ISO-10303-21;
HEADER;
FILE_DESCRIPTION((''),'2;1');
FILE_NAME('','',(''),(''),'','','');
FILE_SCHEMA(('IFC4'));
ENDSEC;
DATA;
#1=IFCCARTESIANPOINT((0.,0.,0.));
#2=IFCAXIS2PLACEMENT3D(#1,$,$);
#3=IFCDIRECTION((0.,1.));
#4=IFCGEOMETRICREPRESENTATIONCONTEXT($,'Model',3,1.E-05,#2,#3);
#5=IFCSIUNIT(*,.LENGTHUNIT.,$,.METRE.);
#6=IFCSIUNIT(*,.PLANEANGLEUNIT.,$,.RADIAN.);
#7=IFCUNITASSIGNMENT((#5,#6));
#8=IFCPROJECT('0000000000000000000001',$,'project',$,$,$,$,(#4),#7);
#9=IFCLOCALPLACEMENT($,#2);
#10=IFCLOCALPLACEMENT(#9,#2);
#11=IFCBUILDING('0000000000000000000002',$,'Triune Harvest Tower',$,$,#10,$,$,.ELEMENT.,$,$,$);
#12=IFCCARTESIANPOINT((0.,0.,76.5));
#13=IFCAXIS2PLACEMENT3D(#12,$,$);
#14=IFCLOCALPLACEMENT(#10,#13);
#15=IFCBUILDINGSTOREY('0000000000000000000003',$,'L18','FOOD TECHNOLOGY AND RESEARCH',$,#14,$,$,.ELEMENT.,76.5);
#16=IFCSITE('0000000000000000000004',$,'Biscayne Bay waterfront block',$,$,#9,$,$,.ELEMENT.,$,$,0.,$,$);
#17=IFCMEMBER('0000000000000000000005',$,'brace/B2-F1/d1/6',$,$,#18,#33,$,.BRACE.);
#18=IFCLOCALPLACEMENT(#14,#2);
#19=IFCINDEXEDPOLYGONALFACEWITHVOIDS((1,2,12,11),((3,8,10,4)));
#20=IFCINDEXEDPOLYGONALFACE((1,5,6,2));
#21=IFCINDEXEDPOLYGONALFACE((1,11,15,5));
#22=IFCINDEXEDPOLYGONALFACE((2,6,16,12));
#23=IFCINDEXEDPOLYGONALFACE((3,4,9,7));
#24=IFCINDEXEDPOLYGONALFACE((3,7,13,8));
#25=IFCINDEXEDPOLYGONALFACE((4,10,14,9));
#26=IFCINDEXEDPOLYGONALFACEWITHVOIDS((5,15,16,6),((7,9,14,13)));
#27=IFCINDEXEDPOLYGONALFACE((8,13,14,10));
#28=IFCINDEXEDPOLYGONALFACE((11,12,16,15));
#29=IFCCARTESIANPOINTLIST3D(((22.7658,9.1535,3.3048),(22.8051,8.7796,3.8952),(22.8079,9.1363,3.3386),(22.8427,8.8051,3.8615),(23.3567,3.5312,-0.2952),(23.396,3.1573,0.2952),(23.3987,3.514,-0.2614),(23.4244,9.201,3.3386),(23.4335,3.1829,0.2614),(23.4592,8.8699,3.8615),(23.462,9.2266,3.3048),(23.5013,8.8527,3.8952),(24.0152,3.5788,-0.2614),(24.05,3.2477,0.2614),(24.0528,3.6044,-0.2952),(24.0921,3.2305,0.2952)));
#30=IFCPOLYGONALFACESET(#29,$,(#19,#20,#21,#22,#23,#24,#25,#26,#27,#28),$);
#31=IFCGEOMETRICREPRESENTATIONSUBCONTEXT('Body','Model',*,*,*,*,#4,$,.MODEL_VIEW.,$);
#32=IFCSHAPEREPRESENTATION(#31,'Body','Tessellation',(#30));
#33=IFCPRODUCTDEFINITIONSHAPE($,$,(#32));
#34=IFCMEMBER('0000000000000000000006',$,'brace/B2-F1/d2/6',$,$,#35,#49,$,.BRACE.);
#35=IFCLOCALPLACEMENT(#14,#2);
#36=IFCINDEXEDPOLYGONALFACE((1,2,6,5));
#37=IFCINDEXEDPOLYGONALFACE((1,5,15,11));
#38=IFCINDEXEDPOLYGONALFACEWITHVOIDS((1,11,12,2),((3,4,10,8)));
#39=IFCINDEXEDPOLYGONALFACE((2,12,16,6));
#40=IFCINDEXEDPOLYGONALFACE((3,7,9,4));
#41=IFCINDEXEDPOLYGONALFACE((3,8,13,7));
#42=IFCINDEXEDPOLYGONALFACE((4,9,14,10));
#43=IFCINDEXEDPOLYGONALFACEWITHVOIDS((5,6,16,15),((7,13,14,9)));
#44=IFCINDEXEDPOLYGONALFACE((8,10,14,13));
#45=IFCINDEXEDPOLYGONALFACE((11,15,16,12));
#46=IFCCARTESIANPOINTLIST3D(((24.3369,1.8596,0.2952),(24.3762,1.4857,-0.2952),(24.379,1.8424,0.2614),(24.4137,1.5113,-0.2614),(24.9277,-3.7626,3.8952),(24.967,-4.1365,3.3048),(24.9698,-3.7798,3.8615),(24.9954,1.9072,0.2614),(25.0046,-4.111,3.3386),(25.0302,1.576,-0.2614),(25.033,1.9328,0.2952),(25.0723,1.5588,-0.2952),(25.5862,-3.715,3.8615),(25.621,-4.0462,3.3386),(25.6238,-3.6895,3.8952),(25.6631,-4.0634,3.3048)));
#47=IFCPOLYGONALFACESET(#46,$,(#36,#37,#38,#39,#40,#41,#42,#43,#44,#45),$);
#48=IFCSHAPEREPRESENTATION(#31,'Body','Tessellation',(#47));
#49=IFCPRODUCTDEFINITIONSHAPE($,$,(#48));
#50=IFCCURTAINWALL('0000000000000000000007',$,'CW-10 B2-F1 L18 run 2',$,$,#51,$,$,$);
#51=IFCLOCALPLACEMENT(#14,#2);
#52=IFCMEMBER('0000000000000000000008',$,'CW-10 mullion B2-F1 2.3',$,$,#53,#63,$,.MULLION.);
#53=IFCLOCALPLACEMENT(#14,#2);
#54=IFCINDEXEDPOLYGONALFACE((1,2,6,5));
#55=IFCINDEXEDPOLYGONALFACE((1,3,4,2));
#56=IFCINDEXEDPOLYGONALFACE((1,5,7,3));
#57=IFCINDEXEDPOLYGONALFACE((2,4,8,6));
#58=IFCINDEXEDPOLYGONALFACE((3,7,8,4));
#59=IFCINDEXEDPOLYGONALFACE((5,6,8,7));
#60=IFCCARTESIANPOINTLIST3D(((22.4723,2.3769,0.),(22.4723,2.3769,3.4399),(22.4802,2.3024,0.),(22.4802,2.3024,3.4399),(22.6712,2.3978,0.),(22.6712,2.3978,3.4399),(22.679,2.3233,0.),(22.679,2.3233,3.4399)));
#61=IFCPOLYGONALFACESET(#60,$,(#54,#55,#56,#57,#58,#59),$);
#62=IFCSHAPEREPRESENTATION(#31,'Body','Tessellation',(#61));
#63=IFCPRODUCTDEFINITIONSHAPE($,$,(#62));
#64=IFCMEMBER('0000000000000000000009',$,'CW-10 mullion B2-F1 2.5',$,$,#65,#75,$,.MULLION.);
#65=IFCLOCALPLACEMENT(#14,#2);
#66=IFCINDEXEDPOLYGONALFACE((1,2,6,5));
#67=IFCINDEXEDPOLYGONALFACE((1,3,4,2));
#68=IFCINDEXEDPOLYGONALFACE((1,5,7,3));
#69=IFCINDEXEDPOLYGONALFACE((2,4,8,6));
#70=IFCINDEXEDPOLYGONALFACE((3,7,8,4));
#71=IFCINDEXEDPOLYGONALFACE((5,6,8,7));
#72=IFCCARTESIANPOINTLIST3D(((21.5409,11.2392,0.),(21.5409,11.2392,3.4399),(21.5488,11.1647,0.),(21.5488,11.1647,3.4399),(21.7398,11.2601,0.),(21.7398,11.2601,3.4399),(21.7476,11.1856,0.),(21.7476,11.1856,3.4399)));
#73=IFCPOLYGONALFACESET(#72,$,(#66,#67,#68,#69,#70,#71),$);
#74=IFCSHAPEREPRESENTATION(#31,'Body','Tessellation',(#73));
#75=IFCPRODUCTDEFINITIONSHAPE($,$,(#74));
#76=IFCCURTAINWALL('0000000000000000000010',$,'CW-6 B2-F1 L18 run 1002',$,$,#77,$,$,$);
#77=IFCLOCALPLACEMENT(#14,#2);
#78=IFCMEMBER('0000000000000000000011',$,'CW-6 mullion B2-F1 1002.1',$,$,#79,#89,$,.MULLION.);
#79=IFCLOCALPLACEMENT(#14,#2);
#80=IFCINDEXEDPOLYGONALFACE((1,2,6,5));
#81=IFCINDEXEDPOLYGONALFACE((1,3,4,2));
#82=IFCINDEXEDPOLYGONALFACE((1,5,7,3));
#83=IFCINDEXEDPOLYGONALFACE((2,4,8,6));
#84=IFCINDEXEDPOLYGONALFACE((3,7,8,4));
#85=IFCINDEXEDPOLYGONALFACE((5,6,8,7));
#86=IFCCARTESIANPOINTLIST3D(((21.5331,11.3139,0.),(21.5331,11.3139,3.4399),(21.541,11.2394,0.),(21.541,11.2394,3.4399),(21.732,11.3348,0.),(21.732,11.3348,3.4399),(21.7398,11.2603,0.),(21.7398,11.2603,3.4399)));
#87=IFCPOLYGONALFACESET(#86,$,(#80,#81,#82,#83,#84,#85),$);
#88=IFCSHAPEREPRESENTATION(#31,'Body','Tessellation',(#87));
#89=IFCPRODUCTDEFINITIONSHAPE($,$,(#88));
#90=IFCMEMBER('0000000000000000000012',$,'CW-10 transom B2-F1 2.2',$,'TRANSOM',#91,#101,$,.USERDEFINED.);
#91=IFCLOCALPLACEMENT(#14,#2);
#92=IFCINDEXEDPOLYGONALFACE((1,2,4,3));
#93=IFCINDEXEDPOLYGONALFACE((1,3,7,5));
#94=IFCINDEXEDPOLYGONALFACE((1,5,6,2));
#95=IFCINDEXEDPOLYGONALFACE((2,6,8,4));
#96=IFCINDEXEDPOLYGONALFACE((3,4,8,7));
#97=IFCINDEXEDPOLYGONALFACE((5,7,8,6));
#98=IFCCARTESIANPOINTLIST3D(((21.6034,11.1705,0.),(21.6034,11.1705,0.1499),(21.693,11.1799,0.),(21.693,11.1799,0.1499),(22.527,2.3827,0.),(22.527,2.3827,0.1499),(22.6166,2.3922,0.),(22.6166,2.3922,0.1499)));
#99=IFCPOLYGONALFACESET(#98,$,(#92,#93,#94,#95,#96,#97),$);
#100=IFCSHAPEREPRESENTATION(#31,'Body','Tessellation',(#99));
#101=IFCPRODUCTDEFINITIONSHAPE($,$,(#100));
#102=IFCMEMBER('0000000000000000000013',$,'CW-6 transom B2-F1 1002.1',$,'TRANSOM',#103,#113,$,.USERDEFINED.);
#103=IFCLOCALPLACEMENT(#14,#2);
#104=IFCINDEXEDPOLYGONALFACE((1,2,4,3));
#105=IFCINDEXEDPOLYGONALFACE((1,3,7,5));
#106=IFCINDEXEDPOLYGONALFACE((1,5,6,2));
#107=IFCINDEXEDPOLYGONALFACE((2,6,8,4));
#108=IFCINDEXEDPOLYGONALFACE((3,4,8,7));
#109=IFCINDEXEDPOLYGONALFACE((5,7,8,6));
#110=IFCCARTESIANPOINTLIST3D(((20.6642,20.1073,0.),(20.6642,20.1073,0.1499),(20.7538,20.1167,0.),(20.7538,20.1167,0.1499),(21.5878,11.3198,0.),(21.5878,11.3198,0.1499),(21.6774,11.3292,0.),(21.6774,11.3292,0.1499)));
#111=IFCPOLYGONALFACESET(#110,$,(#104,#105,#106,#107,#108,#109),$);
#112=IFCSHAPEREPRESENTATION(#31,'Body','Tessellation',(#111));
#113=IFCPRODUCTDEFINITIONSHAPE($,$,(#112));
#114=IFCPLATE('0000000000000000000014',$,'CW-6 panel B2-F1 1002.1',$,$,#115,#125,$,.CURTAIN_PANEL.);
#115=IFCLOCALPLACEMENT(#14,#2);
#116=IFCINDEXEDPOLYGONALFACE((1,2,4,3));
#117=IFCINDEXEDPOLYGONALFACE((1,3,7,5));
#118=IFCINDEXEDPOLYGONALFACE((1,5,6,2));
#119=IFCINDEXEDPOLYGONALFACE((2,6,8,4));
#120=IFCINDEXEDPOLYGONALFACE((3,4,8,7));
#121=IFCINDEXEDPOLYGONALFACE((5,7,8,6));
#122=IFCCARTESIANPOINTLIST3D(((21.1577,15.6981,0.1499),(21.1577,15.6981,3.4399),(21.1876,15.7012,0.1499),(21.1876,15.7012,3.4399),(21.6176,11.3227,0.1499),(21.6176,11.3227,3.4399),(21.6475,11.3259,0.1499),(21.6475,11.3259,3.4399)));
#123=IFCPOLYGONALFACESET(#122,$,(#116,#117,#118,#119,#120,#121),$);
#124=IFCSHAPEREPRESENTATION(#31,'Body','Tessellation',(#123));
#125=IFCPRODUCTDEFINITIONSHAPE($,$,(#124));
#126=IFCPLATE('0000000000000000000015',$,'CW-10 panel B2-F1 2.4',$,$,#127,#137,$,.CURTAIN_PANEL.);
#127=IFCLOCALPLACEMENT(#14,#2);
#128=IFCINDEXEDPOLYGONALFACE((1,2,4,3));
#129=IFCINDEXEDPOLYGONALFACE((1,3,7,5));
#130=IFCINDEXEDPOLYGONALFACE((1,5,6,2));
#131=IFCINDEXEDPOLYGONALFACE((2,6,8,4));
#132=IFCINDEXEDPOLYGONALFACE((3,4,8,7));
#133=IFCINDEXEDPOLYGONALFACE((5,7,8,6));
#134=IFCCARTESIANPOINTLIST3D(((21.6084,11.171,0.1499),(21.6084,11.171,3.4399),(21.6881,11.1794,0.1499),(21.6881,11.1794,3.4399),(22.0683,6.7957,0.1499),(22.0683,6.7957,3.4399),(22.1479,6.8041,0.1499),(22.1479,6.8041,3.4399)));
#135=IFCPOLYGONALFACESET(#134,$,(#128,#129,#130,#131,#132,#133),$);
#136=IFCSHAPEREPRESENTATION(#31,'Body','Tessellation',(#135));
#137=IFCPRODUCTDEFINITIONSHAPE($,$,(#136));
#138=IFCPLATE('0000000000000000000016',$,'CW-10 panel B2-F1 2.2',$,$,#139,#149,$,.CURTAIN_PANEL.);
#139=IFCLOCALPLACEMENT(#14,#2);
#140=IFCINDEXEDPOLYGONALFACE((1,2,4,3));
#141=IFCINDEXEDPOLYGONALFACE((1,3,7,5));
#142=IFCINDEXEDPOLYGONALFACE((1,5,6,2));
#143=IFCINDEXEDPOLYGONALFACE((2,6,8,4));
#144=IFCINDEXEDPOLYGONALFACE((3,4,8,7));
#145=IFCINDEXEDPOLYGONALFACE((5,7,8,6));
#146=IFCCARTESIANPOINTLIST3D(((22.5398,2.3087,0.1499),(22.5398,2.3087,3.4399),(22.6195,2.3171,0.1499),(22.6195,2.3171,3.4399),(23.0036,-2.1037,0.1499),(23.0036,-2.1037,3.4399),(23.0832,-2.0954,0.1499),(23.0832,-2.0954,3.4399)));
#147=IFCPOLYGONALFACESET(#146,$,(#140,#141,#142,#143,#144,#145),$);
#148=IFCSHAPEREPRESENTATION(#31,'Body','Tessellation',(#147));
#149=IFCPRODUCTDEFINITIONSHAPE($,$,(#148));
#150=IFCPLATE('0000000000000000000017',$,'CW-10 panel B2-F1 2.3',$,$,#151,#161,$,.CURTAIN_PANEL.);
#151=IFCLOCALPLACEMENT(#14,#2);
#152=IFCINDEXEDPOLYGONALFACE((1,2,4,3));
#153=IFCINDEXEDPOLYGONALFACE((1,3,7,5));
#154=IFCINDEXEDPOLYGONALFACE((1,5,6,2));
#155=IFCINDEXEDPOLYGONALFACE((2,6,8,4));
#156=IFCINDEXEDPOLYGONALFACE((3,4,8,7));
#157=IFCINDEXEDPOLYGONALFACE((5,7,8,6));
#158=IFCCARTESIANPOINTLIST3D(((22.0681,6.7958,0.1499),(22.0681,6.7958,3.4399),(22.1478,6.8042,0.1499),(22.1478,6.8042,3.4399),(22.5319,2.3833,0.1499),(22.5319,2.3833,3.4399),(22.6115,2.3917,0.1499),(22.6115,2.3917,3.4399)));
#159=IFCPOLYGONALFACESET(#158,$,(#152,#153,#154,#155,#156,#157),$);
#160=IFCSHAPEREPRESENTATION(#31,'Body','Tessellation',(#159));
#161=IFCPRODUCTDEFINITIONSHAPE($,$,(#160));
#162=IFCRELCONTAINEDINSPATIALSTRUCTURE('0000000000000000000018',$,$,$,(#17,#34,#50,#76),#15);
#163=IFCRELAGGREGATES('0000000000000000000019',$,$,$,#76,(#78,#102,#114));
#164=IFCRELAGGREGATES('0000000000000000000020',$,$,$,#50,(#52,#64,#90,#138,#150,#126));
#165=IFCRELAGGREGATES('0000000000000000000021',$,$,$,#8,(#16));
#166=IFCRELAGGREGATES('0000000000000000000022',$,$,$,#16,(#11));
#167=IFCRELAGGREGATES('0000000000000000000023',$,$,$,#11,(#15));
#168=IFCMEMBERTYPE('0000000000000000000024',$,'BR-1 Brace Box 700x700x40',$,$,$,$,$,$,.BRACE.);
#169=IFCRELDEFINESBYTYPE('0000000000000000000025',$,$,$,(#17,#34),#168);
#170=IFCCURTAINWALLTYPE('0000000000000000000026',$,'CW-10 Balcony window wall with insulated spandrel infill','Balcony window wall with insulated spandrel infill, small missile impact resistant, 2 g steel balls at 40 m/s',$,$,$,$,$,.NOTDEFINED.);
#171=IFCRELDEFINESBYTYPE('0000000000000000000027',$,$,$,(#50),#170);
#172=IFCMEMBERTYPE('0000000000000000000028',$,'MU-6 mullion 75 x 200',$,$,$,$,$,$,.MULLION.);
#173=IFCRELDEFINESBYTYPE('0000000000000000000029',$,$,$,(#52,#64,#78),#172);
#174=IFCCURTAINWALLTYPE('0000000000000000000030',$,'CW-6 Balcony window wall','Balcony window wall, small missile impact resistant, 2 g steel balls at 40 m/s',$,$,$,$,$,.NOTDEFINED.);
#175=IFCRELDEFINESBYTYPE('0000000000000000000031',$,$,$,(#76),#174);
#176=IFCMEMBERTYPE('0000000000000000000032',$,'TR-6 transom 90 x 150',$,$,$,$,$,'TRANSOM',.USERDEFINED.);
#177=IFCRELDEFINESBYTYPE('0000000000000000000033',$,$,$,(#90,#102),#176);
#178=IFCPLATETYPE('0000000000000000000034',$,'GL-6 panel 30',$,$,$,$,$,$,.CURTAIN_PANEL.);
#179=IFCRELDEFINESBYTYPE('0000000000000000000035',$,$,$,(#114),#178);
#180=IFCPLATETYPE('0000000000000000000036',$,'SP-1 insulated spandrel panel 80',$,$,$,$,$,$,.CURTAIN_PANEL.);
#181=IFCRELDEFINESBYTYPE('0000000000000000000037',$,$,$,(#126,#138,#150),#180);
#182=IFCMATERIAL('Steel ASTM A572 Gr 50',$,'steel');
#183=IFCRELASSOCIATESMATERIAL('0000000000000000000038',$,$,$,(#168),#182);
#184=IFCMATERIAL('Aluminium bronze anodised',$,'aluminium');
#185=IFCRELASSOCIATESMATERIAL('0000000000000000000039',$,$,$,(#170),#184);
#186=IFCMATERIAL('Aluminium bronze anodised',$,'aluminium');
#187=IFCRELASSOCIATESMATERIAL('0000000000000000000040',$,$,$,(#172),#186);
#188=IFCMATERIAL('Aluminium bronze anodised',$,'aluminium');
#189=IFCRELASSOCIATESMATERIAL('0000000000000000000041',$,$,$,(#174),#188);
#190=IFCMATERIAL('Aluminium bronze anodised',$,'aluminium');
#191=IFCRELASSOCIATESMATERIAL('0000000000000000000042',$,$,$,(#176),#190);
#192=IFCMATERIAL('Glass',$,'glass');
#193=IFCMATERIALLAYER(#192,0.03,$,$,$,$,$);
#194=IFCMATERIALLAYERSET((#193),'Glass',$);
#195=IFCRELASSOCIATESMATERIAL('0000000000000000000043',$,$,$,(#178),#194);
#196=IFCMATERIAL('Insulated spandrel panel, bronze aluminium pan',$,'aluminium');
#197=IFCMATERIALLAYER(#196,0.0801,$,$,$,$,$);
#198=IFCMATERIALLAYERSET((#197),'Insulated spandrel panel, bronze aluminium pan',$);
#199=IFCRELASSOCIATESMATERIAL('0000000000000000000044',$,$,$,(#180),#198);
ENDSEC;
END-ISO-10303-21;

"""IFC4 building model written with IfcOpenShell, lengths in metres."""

from ifc_helpers import new_model, si_unit, direction, frame, origin, origin_2d, place, context, subcontext, project, spatial, rectangle, hollow_rectangle, extrude, source, transform, mapped, material, layer, layer_set, material_profile, profile_set, type_object, element, aggregate, save


model = new_model("IFC4")

# Units and contexts
model_context = context("Model", 3, precision=1e-05, world=origin(), true_north=direction((0.0, 1.0)))
body_context = subcontext(model_context, "Body", "Model", "MODEL_VIEW")
ifc_project = project(units=[si_unit("LENGTHUNIT", "METRE"), si_unit("PLANEANGLEUNIT", "RADIAN")], contexts=[model_context])

# Site, building, storey
site_placement = place(None, origin())
site = spatial("IfcSite", under=ifc_project, at=site_placement, Name="Biscayne Bay waterfront block", CompositionType="ELEMENT", RefElevation=0.0)
building_placement = place(site_placement, origin())
building = spatial("IfcBuilding", under=site, at=building_placement, Name="Triune Harvest Tower", CompositionType="ELEMENT")
storey_placement = place(building_placement, frame((0.0, 0.0, 76.5)))
storey = spatial("IfcBuildingStorey", under=building, at=storey_placement, Name="L18", Description="FOOD TECHNOLOGY AND RESEARCH", CompositionType="ELEMENT", Elevation=76.5)

# Members
ifc_material_1 = material(Name="Steel ASTM A572 Gr 50", Category="steel")
ifc_material_profile_1 = material_profile(ifc_material_1, hollow_rectangle(XDim=0.7, YDim=0.7, WallThickness=0.04, at=origin_2d()), Name="Box 700x700x40")
ifc_profile_set_1 = profile_set([ifc_material_profile_1], Name="Steel ASTM A572 Gr 50")
member_type_1 = type_object("IfcMemberType", Name="BR-1 Brace Box 700x700x40", PredefinedType="BRACE", material=ifc_profile_set_1)
shared_shape_1 = source(origin(), body_context, "Body", "SweptSolid", [
    extrude(hollow_rectangle(XDim=0.7, YDim=0.7, WallThickness=0.04, at=origin_2d()), origin(), (0.0, 0.0, 1.0), 6.7021),
])
for number, where, z_axis, x_axis, name in (
    (1, (23.7244, 3.3809, 0.0), (-0.088152, 0.838869, 0.537147), (-0.994524, -0.104509, 0.0), "brace/B2-F1/d1/6"),
    (2, (24.7046, 1.7092, 0.0), (0.088152, -0.838869, 0.537147), (0.994524, 0.104509, 0.0), "brace/B2-F1/d2/6"),
):
    element("IfcMember", number, at=place(storey_placement, frame(where, z_axis=z_axis, x_axis=x_axis)), inside=storey, type_object=member_type_1, Name=name, PredefinedType="BRACE", context=body_context, shape_type="MappedRepresentation", body=[
        mapped(shared_shape_1, transform((0.0, 0.0, 0.0), scale=1.0)),
    ])

# Curtain wall, members
ifc_material_2 = material(Name="Aluminium bronze anodised", Category="aluminium")
curtain_wall_type_1 = type_object("IfcCurtainWallType", Name="CW-10 Balcony window wall with insulated spandrel infill", Description="Balcony window wall with insulated spandrel infill, small missile impact resistant, 2 g steel balls at 40 m/s", PredefinedType="NOTDEFINED", material=ifc_material_2)
curtain_wall_1_placement = place(storey_placement, origin())
curtain_wall_1 = element("IfcCurtainWall", 3, at=curtain_wall_1_placement, inside=storey, type_object=curtain_wall_type_1, Name="CW-10 B2-F1 L18 run 2")
ifc_material_3 = material(Name="Aluminium bronze anodised", Category="aluminium")
ifc_material_profile_2 = material_profile(ifc_material_3, rectangle(XDim=0.2, YDim=0.075, at=origin_2d()), Name="MU-6 mullion 75 x 200")
ifc_profile_set_2 = profile_set([ifc_material_profile_2], Name="Aluminium bronze anodised")
member_type_2 = type_object("IfcMemberType", Name="MU-6 mullion 75 x 200", PredefinedType="MULLION", material=ifc_profile_set_2)
shared_shape_2 = source(origin(), body_context, "Body", "SweptSolid", [
    extrude(rectangle(XDim=0.2, YDim=0.075, at=origin_2d()), origin(), (0.0, 0.0, 1.0), 3.4399),
])
member_1_placement = place(storey_placement, frame((22.5757, 2.3501, 0.0), z_axis=(0.0, 0.0, 1.0), x_axis=(-0.994522, -0.104526, 0.0)))
member_1 = element("IfcMember", 4, at=member_1_placement, type_object=member_type_2, Name="CW-10 mullion B2-F1 2.3", PredefinedType="MULLION", context=body_context, shape_type="MappedRepresentation", body=[
    mapped(shared_shape_2, transform((0.0, 0.0, 0.0), scale=1.0)),
])
member_2_placement = place(storey_placement, frame((21.6443, 11.2124, 0.0), z_axis=(0.0, 0.0, 1.0), x_axis=(-0.994522, -0.104526, 0.0)))
member_2 = element("IfcMember", 5, at=member_2_placement, type_object=member_type_2, Name="CW-10 mullion B2-F1 2.5", PredefinedType="MULLION", context=body_context, shape_type="MappedRepresentation", body=[
    mapped(shared_shape_2, transform((0.0, 0.0, 0.0), scale=1.0)),
])

# Curtain wall, member
ifc_material_4 = material(Name="Aluminium bronze anodised", Category="aluminium")
curtain_wall_type_2 = type_object("IfcCurtainWallType", Name="CW-6 Balcony window wall", Description="Balcony window wall, small missile impact resistant, 2 g steel balls at 40 m/s", PredefinedType="NOTDEFINED", material=ifc_material_4)
curtain_wall_2_placement = place(storey_placement, origin())
curtain_wall_2 = element("IfcCurtainWall", 6, at=curtain_wall_2_placement, inside=storey, type_object=curtain_wall_type_2, Name="CW-6 B2-F1 L18 run 1002")
member_3_placement = place(storey_placement, frame((21.6365, 11.2871, 0.0), z_axis=(0.0, 0.0, 1.0), x_axis=(-0.994522, -0.104529, 0.0)))
member_3 = element("IfcMember", 7, at=member_3_placement, type_object=member_type_2, Name="CW-6 mullion B2-F1 1002.1", PredefinedType="MULLION", context=body_context, shape_type="MappedRepresentation", body=[
    mapped(shared_shape_2, transform((0.0, 0.0, 0.0), scale=1.0)),
])

# Members
ifc_material_5 = material(Name="Aluminium bronze anodised", Category="aluminium")
ifc_material_profile_3 = material_profile(ifc_material_5, rectangle(XDim=0.0901, YDim=0.1499, at=origin_2d()), Name="TR-6 transom 90 x 150")
ifc_profile_set_3 = profile_set([ifc_material_profile_3], Name="Aluminium bronze anodised")
member_type_3 = type_object("IfcMemberType", Name="TR-6 transom 90 x 150", ElementType="TRANSOM", PredefinedType="USERDEFINED", material=ifc_profile_set_3)
shared_shape_3 = source(origin(), body_context, "Body", "SweptSolid", [
    extrude(rectangle(XDim=0.0901, YDim=0.1499, at=origin_2d()), origin(), (0.0, 0.0, 1.0), 8.8362),
])
member_4_placement = place(storey_placement, frame((22.5718, 2.3875, 0.075), z_axis=(-0.104522, 0.994523, 0.0), x_axis=(-0.994523, -0.104522, 0.0)))
member_4 = element("IfcMember", 8, at=member_4_placement, type_object=member_type_3, Name="CW-10 transom B2-F1 2.2", ObjectType="TRANSOM", PredefinedType="USERDEFINED", context=body_context, shape_type="MappedRepresentation", body=[
    mapped(shared_shape_3, transform((0.0, 0.0, 0.0), scale=1.0)),
])
shared_shape_4 = source(origin(), body_context, "Body", "SweptSolid", [
    extrude(rectangle(XDim=0.0901, YDim=0.1499, at=origin_2d()), origin(), (0.0, 0.0, 1.0), 8.8359),
])
member_5_placement = place(storey_placement, frame((21.6326, 11.3245, 0.075), z_axis=(-0.104525, 0.994522, 0.0), x_axis=(-0.994522, -0.104525, 0.0)))
member_5 = element("IfcMember", 9, at=member_5_placement, type_object=member_type_3, Name="CW-6 transom B2-F1 1002.1", ObjectType="TRANSOM", PredefinedType="USERDEFINED", context=body_context, shape_type="MappedRepresentation", body=[
    mapped(shared_shape_4, transform((0.0, 0.0, 0.0), scale=1.0)),
])

# Plates
ifc_material_6 = material(Name="Glass", Category="glass")
ifc_layer_1 = layer(ifc_material_6, 0.03)
ifc_layer_set_1 = layer_set([ifc_layer_1], Name="Glass")
plate_type_1 = type_object("IfcPlateType", Name="GL-6 panel 30", PredefinedType="CURTAIN_PANEL", material=ifc_layer_set_1)
shared_shape_5 = source(origin(), body_context, "Body", "SweptSolid", [
    extrude(rectangle(XDim=4.3994, YDim=0.03, at=origin_2d()), origin(), (0.0, 0.0, 1.0), 3.29),
])
plate_1_placement = place(storey_placement, frame((21.4026, 13.512, 0.1499), z_axis=(0.0, 0.0, 1.0), x_axis=(-0.104529, 0.994522, 0.0)))
plate_1 = element("IfcPlate", 10, at=plate_1_placement, type_object=plate_type_1, Name="CW-6 panel B2-F1 1002.1", PredefinedType="CURTAIN_PANEL", context=body_context, shape_type="MappedRepresentation", body=[
    mapped(shared_shape_5, transform((0.0, 0.0, 0.0), scale=1.0)),
])
aggregate(curtain_wall_2, [member_3, member_5, plate_1])
ifc_material_7 = material(Name="Insulated spandrel panel, bronze aluminium pan", Category="aluminium")
ifc_layer_2 = layer(ifc_material_7, 0.0801)
ifc_layer_set_2 = layer_set([ifc_layer_2], Name="Insulated spandrel panel, bronze aluminium pan")
plate_type_2 = type_object("IfcPlateType", Name="SP-1 insulated spandrel panel 80", PredefinedType="CURTAIN_PANEL", material=ifc_layer_set_2)
shared_shape_6 = source(origin(), body_context, "Body", "SweptSolid", [
    extrude(rectangle(XDim=4.3994, YDim=0.0801, at=origin_2d()), origin(), (0.0, 0.0, 1.0), 3.29),
])
plate_2_placement = place(storey_placement, frame((21.8782, 8.9875, 0.1499), z_axis=(0.0, 0.0, 1.0), x_axis=(-0.104526, 0.994522, 0.0)))
plate_2 = element("IfcPlate", 11, at=plate_2_placement, type_object=plate_type_2, Name="CW-10 panel B2-F1 2.4", PredefinedType="CURTAIN_PANEL", context=body_context, shape_type="MappedRepresentation", body=[
    mapped(shared_shape_6, transform((0.0, 0.0, 0.0), scale=1.0)),
])
shared_shape_7 = source(origin(), body_context, "Body", "SweptSolid", [
    extrude(rectangle(XDim=4.4368, YDim=0.0801, at=origin_2d()), origin(), (0.0, 0.0, 1.0), 3.29),
])
plate_3_placement = place(storey_placement, frame((22.8115, 0.1067, 0.1499), z_axis=(0.0, 0.0, 1.0), x_axis=(-0.104526, 0.994522, 0.0)))
plate_3 = element("IfcPlate", 12, at=plate_3_placement, type_object=plate_type_2, Name="CW-10 panel B2-F1 2.2", PredefinedType="CURTAIN_PANEL", context=body_context, shape_type="MappedRepresentation", body=[
    mapped(shared_shape_7, transform((0.0, 0.0, 0.0), scale=1.0)),
])
plate_4_placement = place(storey_placement, frame((22.3398, 4.5938, 0.1499), z_axis=(0.0, 0.0, 1.0), x_axis=(-0.104526, 0.994522, 0.0)))
plate_4 = element("IfcPlate", 13, at=plate_4_placement, type_object=plate_type_2, Name="CW-10 panel B2-F1 2.3", PredefinedType="CURTAIN_PANEL", context=body_context, shape_type="MappedRepresentation", body=[
    mapped(shared_shape_7, transform((0.0, 0.0, 0.0), scale=1.0)),
])
aggregate(curtain_wall_1, [member_1, member_2, member_4, plate_3, plate_4, plate_2])

save(model, "model.ifc")
